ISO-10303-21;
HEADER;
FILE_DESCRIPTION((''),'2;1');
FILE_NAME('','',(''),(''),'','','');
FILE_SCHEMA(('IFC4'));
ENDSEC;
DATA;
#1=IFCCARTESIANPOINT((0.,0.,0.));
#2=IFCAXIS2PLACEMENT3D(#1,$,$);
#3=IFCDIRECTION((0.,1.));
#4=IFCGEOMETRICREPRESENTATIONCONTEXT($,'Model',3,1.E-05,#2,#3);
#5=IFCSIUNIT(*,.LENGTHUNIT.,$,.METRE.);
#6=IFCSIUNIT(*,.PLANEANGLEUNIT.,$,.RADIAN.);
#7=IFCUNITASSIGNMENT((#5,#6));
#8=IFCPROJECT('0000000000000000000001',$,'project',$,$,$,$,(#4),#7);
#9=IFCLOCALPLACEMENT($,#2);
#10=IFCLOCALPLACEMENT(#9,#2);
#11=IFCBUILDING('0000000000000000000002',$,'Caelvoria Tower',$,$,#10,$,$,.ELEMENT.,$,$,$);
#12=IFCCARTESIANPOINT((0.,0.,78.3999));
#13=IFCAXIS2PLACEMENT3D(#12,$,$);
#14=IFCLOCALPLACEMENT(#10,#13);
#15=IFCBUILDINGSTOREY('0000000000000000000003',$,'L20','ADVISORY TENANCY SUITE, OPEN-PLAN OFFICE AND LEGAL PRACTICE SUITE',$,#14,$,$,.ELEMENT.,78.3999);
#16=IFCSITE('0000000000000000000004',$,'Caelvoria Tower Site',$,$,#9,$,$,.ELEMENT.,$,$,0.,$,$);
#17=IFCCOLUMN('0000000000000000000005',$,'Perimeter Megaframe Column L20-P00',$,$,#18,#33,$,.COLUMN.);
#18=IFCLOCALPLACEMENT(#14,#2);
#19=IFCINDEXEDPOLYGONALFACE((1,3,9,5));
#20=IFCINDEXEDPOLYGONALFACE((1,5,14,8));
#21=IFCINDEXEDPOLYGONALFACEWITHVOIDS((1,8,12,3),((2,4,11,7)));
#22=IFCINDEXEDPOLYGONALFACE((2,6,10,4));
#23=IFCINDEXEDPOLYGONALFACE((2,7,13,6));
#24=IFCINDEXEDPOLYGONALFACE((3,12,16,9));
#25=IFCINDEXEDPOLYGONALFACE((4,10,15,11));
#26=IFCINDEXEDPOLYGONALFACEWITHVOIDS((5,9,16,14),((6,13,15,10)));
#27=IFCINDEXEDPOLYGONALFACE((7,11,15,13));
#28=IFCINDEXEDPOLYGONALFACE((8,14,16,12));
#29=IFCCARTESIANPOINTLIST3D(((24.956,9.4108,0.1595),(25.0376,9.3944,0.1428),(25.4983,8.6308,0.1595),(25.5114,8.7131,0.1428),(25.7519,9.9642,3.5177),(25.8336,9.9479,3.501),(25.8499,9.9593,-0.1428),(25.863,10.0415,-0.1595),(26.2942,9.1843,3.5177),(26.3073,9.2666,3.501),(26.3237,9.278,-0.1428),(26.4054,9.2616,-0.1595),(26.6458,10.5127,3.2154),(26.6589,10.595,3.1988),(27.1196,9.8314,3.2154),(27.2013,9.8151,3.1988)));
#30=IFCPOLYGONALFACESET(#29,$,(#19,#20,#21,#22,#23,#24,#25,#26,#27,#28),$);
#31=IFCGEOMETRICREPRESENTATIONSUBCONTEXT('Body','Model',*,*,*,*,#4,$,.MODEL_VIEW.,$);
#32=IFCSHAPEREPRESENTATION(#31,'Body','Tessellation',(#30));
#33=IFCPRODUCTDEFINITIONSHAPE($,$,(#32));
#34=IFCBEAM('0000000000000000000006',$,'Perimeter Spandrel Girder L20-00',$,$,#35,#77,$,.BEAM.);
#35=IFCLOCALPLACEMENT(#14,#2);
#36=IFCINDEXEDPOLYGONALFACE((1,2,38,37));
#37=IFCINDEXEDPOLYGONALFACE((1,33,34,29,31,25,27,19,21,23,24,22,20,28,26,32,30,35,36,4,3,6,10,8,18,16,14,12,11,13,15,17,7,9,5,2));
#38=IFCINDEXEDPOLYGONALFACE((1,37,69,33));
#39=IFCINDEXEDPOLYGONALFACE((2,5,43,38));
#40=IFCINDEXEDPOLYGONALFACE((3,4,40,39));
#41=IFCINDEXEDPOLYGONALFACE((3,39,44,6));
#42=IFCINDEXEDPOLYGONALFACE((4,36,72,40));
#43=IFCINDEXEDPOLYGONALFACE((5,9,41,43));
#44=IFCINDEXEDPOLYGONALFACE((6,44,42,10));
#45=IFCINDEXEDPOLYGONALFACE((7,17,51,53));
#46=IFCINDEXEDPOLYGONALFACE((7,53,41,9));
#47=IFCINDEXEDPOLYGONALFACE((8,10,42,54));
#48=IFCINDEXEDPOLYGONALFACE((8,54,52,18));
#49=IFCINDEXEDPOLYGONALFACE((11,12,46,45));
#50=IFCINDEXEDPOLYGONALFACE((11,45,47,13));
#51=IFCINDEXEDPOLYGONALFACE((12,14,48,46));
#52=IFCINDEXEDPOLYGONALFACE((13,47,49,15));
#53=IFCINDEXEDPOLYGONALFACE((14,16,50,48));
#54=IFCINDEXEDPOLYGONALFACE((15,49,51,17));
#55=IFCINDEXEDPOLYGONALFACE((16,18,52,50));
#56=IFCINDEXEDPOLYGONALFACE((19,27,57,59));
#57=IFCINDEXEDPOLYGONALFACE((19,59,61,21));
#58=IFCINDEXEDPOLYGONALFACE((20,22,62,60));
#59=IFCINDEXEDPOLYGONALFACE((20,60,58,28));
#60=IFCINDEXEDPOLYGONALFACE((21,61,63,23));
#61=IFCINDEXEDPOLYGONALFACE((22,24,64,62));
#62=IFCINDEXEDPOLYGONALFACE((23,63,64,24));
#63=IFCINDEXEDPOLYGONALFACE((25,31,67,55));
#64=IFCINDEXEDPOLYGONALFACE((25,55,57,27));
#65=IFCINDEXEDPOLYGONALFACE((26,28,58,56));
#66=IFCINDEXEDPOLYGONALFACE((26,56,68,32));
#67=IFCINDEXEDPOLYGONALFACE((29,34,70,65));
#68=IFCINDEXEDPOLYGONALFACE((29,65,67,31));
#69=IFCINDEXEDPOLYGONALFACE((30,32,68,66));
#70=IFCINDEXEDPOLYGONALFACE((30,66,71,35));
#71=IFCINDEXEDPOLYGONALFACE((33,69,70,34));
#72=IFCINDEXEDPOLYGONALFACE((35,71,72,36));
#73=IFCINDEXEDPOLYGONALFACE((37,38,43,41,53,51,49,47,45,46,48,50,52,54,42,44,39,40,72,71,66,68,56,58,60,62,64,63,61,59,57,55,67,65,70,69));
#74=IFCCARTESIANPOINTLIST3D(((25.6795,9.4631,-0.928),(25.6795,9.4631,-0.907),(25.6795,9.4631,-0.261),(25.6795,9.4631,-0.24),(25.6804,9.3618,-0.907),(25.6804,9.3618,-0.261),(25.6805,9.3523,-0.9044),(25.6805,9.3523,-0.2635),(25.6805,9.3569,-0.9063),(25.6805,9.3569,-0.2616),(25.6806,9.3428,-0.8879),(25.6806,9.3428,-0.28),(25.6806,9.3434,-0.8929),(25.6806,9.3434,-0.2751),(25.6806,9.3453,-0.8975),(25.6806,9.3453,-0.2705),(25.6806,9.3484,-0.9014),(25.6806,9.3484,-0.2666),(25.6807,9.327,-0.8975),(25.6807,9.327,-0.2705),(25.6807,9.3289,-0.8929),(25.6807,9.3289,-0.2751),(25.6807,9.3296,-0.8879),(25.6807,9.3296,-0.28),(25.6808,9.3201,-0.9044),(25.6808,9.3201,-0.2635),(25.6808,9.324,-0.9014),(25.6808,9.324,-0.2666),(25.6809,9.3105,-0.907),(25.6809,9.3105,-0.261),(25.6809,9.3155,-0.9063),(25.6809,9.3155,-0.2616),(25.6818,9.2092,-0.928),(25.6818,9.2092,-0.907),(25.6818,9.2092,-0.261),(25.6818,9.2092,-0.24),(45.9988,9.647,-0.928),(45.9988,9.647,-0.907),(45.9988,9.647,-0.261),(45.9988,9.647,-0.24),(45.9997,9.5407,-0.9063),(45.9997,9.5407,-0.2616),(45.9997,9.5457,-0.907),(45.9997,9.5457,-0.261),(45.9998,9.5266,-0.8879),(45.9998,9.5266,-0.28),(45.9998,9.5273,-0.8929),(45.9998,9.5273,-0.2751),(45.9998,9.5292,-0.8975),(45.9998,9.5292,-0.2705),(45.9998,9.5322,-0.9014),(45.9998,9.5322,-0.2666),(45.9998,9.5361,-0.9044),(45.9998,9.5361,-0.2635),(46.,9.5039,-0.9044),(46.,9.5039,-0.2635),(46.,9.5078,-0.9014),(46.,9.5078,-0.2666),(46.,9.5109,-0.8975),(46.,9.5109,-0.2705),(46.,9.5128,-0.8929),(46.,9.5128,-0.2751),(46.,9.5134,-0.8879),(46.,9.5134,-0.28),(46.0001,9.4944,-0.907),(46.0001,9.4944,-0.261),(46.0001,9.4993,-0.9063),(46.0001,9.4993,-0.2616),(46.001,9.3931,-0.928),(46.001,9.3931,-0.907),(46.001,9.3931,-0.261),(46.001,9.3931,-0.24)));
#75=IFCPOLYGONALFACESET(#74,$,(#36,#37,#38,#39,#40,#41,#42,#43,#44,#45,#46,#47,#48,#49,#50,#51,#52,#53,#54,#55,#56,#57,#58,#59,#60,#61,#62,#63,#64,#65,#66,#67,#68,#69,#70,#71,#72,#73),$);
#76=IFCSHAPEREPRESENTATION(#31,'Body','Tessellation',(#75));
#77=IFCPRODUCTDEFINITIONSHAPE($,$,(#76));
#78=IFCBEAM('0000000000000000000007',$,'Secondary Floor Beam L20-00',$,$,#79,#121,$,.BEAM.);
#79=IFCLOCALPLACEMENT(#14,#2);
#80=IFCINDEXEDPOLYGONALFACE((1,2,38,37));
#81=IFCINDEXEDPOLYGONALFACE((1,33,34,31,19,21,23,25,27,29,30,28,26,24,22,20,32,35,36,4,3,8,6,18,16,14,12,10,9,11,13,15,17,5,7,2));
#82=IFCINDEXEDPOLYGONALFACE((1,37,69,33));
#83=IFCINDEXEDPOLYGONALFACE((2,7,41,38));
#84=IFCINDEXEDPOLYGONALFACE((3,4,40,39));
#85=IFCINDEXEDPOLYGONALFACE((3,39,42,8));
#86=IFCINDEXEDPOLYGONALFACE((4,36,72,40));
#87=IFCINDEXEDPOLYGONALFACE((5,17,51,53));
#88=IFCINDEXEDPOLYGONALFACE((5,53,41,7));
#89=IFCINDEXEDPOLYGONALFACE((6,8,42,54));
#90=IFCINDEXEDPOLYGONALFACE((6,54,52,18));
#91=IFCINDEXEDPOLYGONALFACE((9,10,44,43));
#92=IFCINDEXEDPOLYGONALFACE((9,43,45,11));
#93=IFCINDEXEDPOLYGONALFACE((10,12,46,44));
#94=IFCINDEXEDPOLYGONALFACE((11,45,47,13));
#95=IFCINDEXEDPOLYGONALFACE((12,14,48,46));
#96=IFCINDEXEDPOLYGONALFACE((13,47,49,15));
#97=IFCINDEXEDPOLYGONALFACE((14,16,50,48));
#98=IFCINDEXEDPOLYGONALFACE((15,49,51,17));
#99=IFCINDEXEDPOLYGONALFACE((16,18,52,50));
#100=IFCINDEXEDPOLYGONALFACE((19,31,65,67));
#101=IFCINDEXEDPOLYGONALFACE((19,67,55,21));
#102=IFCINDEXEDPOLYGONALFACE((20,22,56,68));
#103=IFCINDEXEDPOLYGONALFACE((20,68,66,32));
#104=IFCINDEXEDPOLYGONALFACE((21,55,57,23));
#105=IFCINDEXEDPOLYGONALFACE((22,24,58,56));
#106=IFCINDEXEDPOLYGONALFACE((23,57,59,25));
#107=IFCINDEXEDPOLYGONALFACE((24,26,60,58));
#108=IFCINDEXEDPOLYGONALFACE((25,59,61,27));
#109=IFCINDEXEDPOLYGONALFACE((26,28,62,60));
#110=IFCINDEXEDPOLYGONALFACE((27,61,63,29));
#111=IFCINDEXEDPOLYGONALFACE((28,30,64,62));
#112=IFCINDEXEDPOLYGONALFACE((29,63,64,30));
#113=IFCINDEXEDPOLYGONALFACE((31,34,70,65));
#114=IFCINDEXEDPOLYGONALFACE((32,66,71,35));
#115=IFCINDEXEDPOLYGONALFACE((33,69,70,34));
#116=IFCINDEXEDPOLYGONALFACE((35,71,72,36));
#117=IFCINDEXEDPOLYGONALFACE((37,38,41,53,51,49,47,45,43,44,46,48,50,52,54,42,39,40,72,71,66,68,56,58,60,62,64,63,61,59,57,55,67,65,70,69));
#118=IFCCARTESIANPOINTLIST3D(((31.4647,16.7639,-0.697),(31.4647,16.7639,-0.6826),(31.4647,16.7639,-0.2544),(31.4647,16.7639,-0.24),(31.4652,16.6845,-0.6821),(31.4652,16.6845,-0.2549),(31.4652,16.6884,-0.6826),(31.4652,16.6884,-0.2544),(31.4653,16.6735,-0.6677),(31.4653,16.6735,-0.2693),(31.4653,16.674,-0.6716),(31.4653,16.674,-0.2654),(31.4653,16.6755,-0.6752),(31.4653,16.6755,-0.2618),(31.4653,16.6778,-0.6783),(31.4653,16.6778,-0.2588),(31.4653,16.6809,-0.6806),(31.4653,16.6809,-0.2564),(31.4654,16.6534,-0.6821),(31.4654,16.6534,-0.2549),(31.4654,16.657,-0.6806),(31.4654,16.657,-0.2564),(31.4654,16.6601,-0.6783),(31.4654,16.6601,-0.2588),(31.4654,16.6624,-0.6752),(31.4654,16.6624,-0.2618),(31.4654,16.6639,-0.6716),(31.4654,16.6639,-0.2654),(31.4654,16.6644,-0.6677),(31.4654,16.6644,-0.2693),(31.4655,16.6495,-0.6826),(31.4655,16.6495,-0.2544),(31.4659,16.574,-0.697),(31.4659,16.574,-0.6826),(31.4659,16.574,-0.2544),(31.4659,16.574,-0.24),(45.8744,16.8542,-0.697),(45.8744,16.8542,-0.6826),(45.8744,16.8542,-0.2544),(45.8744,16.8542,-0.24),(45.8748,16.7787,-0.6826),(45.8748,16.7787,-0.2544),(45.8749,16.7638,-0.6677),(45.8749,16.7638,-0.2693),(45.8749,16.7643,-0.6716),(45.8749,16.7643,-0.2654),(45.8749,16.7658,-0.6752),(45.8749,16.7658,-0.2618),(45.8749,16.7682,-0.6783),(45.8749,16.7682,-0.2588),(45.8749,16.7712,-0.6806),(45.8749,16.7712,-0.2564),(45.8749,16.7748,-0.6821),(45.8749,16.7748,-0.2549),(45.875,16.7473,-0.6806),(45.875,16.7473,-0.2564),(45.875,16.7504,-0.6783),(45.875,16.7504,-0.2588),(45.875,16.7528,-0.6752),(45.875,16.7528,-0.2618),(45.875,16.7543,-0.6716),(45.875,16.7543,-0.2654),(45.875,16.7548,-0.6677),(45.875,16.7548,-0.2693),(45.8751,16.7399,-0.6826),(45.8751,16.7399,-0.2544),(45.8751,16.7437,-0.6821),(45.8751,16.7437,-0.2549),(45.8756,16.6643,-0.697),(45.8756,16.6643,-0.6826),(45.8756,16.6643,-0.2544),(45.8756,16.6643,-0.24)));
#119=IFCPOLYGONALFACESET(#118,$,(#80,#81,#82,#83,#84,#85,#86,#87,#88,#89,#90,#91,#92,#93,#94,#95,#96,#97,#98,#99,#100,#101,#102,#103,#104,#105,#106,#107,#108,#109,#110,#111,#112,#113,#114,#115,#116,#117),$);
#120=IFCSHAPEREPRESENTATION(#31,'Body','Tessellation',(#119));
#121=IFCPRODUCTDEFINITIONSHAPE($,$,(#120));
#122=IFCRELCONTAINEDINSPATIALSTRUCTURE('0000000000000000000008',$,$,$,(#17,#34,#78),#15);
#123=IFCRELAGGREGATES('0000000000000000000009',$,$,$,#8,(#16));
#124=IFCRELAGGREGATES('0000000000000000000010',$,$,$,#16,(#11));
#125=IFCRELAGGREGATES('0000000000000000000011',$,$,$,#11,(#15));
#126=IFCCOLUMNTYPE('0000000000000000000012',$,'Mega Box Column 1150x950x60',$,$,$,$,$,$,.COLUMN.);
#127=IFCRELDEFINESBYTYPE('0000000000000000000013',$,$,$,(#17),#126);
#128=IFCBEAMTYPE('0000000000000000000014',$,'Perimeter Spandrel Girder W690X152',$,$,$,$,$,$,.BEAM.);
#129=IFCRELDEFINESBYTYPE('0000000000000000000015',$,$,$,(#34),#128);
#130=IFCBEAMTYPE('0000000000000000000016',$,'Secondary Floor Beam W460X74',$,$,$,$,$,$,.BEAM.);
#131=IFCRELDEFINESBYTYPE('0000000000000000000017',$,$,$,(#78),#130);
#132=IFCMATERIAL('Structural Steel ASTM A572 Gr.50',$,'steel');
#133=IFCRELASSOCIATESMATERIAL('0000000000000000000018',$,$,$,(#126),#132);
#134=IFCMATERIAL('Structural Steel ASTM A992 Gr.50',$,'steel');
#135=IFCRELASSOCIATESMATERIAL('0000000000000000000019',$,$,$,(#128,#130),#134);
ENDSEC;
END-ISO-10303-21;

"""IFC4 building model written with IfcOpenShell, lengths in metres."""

from ifc_helpers import new_model, si_unit, direction, frame, origin, origin_2d, place, context, subcontext, project, spatial, hollow_rectangle, i_section, extrude, material, material_profile, profile_set, type_object, element, save


model = new_model("IFC4")

# Units and contexts
model_context = context("Model", 3, precision=1e-05, world=origin(), true_north=direction((0.0, 1.0)))
body_context = subcontext(model_context, "Body", "Model", "MODEL_VIEW")
ifc_project = project(units=[si_unit("LENGTHUNIT", "METRE"), si_unit("PLANEANGLEUNIT", "RADIAN")], contexts=[model_context])

# Site, building, storey
site_placement = place(None, origin())
site = spatial("IfcSite", under=ifc_project, at=site_placement, Name="Caelvoria Tower Site", CompositionType="ELEMENT", RefElevation=0.0)
building_placement = place(site_placement, origin())
building = spatial("IfcBuilding", under=site, at=building_placement, Name="Caelvoria Tower", CompositionType="ELEMENT")
storey_placement = place(building_placement, frame((0.0, 0.0, 78.3999)))
storey = spatial("IfcBuildingStorey", under=building, at=storey_placement, Name="L20", Description="ADVISORY TENANCY SUITE, OPEN-PLAN OFFICE AND LEGAL PRACTICE SUITE", CompositionType="ELEMENT", Elevation=78.3999)

# Column
ifc_material_1 = material(Name="Structural Steel ASTM A572 Gr.50", Category="steel")
ifc_material_profile_1 = material_profile(ifc_material_1, hollow_rectangle(XDim=0.95, YDim=1.1499, WallThickness=0.0601, at=origin_2d()), Name="Structural Steel ASTM A572 Gr.50")
ifc_profile_set_1 = profile_set([ifc_material_profile_1], Name="BOX1150X950X60 - Structural Steel ASTM A572 Gr.50")
column_type = type_object("IfcColumnType", Name="Mega Box Column 1150x950x60", PredefinedType="COLUMN", material=ifc_profile_set_1)
column_placement = place(storey_placement, frame((25.6807, 9.3362, 0.0), z_axis=(0.227707, 0.158347, 0.960768), x_axis=(-0.570924, 0.821003, 0.0)))
element("IfcColumn", 1, at=column_placement, inside=storey, type_object=column_type, Name="Perimeter Megaframe Column L20-P00", PredefinedType="COLUMN", context=body_context, shape_type="SweptSolid", body=[
    extrude(hollow_rectangle(XDim=0.95, YDim=1.1499, WallThickness=0.0601, at=origin_2d()), origin(), (0.0, 0.0, 1.0), 3.4954),
])

# Beams
ifc_material_2 = material(Name="Structural Steel ASTM A992 Gr.50", Category="steel")
ifc_material_profile_2 = material_profile(ifc_material_2, i_section(OverallWidth=0.2539, OverallDepth=0.688, WebThickness=0.0132, FlangeThickness=0.021, FilletRadius=0.019, at=origin_2d()), Name="Structural Steel ASTM A992 Gr.50")
ifc_profile_set_2 = profile_set([ifc_material_profile_2], Name="W690X152 - Structural Steel ASTM A992 Gr.50")
beam_type_1 = type_object("IfcBeamType", Name="Perimeter Spandrel Girder W690X152", PredefinedType="BEAM", material=ifc_profile_set_2)
beam_1_placement = place(storey_placement, frame((25.6807, 9.3362, -0.584), z_axis=(0.999959, 0.009047, 0.0), x_axis=(-0.009047, 0.999959, 0.0)))
element("IfcBeam", 2, at=beam_1_placement, inside=storey, type_object=beam_type_1, Name="Perimeter Spandrel Girder L20-00", PredefinedType="BEAM", context=body_context, shape_type="SweptSolid", body=[
    extrude(i_section(OverallWidth=0.2539, OverallDepth=0.688, WebThickness=0.0132, FlangeThickness=0.021, FilletRadius=0.019, at=origin_2d()), origin(), (0.0, 0.0, 1.0), 20.3201),
])
ifc_material_profile_3 = material_profile(ifc_material_2, i_section(OverallWidth=0.1899, OverallDepth=0.457, WebThickness=0.009, FlangeThickness=0.0144, FilletRadius=0.0149, at=origin_2d()), Name="Structural Steel ASTM A992 Gr.50")
ifc_profile_set_3 = profile_set([ifc_material_profile_3], Name="W460X74 - Structural Steel ASTM A992 Gr.50")
beam_type_2 = type_object("IfcBeamType", Name="Secondary Floor Beam W460X74", PredefinedType="BEAM", material=ifc_profile_set_3)
beam_2_placement = place(storey_placement, frame((31.4653, 16.6689, -0.4685), z_axis=(0.99998, 0.006269, 0.0), x_axis=(-0.006269, 0.99998, 0.0)))
element("IfcBeam", 3, at=beam_2_placement, inside=storey, type_object=beam_type_2, Name="Secondary Floor Beam L20-00", PredefinedType="BEAM", context=body_context, shape_type="SweptSolid", body=[
    extrude(i_section(OverallWidth=0.1899, OverallDepth=0.457, WebThickness=0.009, FlangeThickness=0.0144, FilletRadius=0.0149, at=origin_2d()), origin(), (0.0, 0.0, 1.0), 14.4099),
])

save(model, "model.ifc")
